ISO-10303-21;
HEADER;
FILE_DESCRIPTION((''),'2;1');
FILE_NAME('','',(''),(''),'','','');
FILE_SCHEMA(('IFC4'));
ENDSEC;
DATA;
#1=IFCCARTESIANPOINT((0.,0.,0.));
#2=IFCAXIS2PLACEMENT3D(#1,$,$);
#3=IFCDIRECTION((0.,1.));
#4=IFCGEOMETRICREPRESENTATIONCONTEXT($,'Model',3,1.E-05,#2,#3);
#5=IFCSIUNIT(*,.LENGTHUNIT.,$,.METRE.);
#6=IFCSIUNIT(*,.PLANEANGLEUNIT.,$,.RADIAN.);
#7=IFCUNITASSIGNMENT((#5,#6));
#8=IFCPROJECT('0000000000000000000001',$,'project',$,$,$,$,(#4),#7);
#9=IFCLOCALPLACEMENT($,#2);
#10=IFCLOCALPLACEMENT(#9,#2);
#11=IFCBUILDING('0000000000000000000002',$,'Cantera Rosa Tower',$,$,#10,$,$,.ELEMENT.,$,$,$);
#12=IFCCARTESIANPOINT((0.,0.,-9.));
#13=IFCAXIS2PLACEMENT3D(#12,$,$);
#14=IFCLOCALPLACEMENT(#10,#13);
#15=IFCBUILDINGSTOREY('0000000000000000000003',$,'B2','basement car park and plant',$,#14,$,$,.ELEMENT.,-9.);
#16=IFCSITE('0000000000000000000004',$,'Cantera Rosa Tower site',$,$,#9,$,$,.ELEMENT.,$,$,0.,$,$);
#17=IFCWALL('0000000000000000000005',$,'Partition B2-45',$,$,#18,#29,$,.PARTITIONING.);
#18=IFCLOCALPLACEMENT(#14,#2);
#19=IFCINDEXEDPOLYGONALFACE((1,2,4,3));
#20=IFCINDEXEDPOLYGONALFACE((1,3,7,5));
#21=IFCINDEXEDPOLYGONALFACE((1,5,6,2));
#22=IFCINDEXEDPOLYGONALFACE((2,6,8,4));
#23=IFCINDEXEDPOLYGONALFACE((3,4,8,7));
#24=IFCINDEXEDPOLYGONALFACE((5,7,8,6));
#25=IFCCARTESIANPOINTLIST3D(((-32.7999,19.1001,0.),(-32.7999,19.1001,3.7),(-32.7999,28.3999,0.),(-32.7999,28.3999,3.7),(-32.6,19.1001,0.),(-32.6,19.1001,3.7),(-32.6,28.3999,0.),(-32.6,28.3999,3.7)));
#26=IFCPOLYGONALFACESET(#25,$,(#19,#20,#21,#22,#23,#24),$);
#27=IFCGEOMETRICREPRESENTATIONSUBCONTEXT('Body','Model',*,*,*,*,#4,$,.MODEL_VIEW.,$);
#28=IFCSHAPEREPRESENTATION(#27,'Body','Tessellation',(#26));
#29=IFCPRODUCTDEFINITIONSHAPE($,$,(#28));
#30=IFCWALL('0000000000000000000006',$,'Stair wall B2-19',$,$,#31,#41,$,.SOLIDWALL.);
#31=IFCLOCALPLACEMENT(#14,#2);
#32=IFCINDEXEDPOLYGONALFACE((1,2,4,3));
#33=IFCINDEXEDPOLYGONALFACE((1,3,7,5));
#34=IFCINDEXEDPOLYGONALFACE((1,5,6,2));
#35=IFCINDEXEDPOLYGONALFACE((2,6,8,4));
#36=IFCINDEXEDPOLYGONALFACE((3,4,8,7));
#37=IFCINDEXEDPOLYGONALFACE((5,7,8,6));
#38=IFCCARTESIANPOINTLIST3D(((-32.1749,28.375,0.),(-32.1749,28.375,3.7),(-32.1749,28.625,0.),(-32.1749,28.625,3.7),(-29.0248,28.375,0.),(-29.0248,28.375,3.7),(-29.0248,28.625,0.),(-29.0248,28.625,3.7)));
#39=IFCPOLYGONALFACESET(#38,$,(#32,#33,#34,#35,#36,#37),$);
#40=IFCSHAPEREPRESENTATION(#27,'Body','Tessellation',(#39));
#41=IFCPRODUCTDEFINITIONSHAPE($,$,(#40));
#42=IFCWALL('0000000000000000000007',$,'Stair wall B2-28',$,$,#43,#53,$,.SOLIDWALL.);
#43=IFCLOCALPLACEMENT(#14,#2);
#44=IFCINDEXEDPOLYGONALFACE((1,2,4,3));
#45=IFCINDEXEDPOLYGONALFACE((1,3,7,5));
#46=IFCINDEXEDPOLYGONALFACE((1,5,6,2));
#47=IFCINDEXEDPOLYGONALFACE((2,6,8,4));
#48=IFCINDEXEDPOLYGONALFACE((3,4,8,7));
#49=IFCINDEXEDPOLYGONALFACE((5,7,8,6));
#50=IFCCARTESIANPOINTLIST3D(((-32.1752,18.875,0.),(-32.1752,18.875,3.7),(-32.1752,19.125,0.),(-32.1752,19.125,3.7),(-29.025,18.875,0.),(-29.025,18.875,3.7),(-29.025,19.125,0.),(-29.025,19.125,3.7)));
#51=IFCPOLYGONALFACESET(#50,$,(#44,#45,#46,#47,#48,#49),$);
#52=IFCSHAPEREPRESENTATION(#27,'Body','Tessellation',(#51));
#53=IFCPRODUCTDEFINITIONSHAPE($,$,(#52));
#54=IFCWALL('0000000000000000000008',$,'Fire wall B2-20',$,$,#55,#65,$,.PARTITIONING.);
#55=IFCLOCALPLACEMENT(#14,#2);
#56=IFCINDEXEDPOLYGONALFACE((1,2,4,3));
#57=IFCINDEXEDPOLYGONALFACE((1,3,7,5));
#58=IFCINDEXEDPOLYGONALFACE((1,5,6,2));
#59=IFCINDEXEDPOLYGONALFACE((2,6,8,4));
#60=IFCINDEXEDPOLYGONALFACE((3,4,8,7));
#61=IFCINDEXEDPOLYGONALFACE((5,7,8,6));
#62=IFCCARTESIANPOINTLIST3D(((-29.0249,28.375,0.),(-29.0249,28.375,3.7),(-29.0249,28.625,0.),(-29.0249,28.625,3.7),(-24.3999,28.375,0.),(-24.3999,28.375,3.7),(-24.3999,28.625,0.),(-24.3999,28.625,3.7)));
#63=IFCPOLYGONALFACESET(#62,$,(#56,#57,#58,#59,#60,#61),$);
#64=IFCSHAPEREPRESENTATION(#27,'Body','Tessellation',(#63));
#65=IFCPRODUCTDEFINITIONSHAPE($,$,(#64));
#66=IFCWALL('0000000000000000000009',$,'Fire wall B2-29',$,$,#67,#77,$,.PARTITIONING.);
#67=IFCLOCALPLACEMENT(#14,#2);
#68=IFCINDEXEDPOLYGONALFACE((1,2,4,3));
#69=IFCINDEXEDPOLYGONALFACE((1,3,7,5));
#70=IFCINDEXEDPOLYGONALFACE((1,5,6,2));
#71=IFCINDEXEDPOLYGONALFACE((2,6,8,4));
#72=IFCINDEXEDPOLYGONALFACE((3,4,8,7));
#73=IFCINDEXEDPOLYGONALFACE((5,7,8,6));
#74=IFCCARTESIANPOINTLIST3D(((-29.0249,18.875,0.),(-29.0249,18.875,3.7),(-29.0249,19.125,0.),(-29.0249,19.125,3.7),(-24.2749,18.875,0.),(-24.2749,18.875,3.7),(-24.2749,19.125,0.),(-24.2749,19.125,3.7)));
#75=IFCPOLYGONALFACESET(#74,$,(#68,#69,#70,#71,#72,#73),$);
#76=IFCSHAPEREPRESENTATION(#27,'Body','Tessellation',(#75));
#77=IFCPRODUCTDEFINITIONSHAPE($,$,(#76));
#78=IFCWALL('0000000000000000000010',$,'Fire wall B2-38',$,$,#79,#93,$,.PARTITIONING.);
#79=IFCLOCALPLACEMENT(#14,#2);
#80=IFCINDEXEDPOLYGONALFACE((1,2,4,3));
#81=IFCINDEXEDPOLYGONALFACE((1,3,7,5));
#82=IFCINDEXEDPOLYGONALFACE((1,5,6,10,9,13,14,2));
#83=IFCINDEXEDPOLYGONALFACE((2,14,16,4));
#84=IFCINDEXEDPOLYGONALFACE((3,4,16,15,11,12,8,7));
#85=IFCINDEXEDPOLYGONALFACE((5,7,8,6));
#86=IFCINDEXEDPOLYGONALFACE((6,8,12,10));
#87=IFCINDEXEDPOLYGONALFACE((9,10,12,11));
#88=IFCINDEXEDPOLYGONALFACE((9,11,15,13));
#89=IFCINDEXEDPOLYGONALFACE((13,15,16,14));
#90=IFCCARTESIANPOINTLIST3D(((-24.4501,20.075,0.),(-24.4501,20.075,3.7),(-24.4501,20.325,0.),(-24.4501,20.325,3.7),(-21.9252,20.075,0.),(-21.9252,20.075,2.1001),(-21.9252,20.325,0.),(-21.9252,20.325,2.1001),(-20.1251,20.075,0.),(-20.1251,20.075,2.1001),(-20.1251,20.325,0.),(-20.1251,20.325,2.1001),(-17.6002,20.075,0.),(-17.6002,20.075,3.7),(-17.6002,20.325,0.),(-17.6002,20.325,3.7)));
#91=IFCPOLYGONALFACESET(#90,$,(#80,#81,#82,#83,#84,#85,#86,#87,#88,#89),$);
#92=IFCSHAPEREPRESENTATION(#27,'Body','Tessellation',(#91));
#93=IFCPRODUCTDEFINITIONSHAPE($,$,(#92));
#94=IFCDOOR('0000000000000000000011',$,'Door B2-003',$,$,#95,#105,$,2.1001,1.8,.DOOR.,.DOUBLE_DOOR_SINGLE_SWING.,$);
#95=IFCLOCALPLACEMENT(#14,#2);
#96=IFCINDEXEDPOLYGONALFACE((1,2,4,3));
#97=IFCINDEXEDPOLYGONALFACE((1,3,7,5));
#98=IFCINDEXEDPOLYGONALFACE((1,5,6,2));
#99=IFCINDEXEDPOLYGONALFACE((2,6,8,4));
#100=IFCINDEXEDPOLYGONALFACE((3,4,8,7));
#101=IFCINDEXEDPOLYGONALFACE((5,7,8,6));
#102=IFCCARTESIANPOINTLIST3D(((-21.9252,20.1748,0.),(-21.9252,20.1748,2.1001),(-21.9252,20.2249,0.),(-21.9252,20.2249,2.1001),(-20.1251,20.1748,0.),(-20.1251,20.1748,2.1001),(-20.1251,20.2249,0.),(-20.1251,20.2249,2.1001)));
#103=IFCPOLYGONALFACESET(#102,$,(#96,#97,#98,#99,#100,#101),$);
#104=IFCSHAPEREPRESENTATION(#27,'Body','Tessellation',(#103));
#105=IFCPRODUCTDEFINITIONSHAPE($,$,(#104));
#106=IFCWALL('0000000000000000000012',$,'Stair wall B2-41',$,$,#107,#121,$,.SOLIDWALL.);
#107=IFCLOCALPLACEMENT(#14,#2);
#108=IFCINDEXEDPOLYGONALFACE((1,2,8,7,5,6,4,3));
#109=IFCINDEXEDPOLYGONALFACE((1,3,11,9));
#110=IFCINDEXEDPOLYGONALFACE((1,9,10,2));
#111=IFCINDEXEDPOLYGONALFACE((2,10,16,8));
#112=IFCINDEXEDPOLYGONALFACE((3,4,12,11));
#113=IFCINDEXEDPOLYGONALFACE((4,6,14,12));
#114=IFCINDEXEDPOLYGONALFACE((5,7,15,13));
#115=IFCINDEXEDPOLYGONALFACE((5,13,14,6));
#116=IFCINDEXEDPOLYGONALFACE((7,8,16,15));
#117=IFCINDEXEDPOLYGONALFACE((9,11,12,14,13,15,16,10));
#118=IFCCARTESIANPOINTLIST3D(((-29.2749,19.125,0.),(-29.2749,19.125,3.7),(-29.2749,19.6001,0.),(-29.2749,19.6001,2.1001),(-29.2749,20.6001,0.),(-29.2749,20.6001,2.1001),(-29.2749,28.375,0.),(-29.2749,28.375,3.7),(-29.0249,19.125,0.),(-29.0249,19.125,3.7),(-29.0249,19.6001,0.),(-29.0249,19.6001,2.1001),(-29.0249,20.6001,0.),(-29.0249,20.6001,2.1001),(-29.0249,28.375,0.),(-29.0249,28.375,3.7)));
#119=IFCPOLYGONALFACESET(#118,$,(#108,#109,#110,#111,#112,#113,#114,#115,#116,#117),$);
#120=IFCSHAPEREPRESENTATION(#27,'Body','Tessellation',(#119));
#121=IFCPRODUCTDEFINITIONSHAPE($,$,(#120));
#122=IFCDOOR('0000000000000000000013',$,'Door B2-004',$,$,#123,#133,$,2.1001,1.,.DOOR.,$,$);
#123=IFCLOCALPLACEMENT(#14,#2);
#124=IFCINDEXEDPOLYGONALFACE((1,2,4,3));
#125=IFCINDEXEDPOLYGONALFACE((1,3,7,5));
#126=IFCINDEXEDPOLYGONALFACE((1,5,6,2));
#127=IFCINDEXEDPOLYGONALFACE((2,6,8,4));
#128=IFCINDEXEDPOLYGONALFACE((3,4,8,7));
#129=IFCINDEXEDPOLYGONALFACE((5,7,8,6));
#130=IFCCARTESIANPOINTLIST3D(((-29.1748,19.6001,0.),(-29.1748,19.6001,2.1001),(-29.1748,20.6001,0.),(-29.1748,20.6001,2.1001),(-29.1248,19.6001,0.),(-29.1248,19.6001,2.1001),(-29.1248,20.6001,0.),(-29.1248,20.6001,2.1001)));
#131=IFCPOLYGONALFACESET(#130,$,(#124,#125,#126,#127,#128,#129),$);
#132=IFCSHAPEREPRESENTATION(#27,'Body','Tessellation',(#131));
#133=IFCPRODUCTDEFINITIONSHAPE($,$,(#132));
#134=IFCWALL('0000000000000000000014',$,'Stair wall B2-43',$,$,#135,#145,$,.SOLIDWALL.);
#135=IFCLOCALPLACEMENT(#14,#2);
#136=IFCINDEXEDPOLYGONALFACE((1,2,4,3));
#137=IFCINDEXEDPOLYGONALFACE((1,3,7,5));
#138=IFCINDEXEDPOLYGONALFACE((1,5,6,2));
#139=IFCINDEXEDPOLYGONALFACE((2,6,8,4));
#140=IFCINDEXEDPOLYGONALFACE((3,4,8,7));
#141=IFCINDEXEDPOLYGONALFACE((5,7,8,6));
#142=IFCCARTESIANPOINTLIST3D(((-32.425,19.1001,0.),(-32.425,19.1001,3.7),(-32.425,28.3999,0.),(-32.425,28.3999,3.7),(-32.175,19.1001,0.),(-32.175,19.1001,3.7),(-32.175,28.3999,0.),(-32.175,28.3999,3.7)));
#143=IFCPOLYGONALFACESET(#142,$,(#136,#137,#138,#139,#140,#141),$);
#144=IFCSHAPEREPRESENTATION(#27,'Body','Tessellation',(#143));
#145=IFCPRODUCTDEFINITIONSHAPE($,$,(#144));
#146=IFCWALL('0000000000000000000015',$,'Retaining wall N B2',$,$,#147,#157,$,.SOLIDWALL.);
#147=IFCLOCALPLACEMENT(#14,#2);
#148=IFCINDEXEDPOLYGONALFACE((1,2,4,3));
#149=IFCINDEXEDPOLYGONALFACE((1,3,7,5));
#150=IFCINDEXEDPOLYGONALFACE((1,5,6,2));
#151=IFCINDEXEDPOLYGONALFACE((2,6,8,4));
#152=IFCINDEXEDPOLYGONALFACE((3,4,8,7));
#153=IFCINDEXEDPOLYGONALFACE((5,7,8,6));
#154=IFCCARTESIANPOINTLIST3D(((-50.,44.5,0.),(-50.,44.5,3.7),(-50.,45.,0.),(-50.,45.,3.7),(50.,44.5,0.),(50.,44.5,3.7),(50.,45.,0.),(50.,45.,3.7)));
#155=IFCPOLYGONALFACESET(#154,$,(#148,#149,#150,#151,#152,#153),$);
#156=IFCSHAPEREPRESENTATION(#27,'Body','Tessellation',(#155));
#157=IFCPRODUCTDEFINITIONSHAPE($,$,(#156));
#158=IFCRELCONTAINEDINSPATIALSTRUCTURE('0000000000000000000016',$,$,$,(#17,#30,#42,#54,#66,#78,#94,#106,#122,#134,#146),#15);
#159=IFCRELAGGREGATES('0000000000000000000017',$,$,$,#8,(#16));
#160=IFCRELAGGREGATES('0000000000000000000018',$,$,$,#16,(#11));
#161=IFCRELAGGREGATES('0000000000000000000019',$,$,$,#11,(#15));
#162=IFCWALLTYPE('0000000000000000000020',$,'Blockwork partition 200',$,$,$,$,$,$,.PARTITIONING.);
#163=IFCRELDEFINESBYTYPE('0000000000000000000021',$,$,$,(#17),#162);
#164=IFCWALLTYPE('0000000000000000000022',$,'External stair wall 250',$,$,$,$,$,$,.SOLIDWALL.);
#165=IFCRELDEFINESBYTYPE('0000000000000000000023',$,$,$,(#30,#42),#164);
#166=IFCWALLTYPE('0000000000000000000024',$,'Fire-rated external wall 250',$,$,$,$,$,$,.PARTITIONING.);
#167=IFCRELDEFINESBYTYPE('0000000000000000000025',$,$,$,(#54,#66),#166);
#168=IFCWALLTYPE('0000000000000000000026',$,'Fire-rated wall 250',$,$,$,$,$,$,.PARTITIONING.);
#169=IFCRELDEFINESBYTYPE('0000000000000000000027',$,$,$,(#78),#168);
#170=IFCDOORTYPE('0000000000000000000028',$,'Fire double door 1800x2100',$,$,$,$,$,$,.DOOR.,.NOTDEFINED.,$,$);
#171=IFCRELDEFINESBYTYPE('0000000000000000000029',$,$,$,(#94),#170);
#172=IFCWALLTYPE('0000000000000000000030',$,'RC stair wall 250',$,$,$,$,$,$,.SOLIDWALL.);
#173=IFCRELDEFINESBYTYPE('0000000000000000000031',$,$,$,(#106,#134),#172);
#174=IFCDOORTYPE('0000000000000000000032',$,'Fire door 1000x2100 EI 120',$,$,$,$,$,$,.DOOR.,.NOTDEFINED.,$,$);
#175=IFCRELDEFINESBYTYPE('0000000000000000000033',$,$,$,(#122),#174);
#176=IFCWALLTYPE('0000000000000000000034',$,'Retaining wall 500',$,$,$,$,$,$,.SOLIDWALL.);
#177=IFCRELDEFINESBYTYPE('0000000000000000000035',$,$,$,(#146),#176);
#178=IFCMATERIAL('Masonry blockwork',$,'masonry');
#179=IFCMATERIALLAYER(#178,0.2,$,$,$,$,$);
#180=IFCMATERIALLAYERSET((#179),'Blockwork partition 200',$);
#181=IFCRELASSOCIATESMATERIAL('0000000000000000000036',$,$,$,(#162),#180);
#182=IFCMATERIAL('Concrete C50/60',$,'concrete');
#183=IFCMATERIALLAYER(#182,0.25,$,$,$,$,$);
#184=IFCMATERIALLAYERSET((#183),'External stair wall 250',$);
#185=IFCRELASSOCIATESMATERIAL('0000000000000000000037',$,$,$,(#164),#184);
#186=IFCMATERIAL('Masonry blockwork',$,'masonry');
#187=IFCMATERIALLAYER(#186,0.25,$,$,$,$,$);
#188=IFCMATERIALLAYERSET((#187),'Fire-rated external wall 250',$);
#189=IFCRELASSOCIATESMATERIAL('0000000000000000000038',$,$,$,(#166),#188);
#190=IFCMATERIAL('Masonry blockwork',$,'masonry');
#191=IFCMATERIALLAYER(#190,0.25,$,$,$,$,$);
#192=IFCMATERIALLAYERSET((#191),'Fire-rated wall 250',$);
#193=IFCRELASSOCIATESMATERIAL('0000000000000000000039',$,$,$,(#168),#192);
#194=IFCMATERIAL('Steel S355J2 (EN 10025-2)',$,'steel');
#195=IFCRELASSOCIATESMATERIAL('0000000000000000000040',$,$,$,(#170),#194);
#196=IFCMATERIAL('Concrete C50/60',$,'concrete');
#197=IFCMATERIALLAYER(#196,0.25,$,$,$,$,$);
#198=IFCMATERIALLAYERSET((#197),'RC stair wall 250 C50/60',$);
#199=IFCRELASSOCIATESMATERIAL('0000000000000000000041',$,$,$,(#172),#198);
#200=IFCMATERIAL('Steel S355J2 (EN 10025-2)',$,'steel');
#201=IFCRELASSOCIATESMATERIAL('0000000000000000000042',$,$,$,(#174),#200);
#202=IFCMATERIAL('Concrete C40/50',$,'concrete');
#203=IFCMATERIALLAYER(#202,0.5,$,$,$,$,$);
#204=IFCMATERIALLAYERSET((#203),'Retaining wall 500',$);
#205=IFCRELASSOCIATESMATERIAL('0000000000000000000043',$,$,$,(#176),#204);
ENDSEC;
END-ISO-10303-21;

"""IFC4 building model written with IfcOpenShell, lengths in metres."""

from ifc_helpers import new_model, si_unit, direction, frame, frame_2d, origin, place, context, subcontext, project, spatial, rectangle, extrude, material, layer, layer_set, type_object, element, fill, save


model = new_model("IFC4")

# Units and contexts
model_context = context("Model", 3, precision=1e-05, world=origin(), true_north=direction((0.0, 1.0)))
body_context = subcontext(model_context, "Body", "Model", "MODEL_VIEW")
ifc_project = project(units=[si_unit("LENGTHUNIT", "METRE"), si_unit("PLANEANGLEUNIT", "RADIAN")], contexts=[model_context])

# Site, building, storey
site_placement = place(None, origin())
site = spatial("IfcSite", under=ifc_project, at=site_placement, Name="Cantera Rosa Tower site", CompositionType="ELEMENT", RefElevation=0.0)
building_placement = place(site_placement, origin())
building = spatial("IfcBuilding", under=site, at=building_placement, Name="Cantera Rosa Tower", CompositionType="ELEMENT")
storey_placement = place(building_placement, frame((0.0, 0.0, -9.0)))
storey = spatial("IfcBuildingStorey", under=building, at=storey_placement, Name="B2", Description="basement car park and plant", CompositionType="ELEMENT", Elevation=-9.0)

# Walls
ifc_material_1 = material(Name="Masonry blockwork", Category="masonry")
ifc_layer_1 = layer(ifc_material_1, 0.2)
ifc_layer_set_1 = layer_set([ifc_layer_1], Name="Blockwork partition 200")
wall_type_1 = type_object("IfcWallType", Name="Blockwork partition 200", PredefinedType="PARTITIONING", material=ifc_layer_set_1)
wall_1_placement = place(storey_placement, frame((-32.7, 19.1001, 0.0), z_axis=(0.0, 0.0, 1.0), x_axis=(0.0, 1.0, 0.0)))
element("IfcWall", 1, at=wall_1_placement, inside=storey, type_object=wall_type_1, Name="Partition B2-45", PredefinedType="PARTITIONING", context=body_context, shape_type="SweptSolid", body=[
    extrude(rectangle(XDim=9.2998, YDim=0.2, at=frame_2d((4.6499, 0.0))), origin(), (0.0, 0.0, 1.0), 3.7),
])
ifc_material_2 = material(Name="Concrete C50/60", Category="concrete")
ifc_layer_2 = layer(ifc_material_2, 0.25)
ifc_layer_set_2 = layer_set([ifc_layer_2], Name="External stair wall 250")
wall_type_2 = type_object("IfcWallType", Name="External stair wall 250", PredefinedType="SOLIDWALL", material=ifc_layer_set_2)
for number, where, z_axis, x_axis, name in (
    (2, (-32.175, 28.5, 0.0), (0.0, 0.0, 1.0), (1.0, 0.0, 0.0), "Stair wall B2-19"),
    (3, (-29.0249, 19.0, 0.0), (0.0, 0.0, 1.0), (-1.0, 0.0, 0.0), "Stair wall B2-28"),
):
    element("IfcWall", number, at=place(storey_placement, frame(where, z_axis=z_axis, x_axis=x_axis)), inside=storey, type_object=wall_type_2, Name=name, PredefinedType="SOLIDWALL", context=body_context, shape_type="SweptSolid", body=[
        extrude(rectangle(XDim=3.1501, YDim=0.25, at=frame_2d((1.5752, 0.0))), origin(), (0.0, 0.0, 1.0), 3.7),
    ])
ifc_material_3 = material(Name="Masonry blockwork", Category="masonry")
ifc_layer_3 = layer(ifc_material_3, 0.25)
ifc_layer_set_3 = layer_set([ifc_layer_3], Name="Fire-rated external wall 250")
wall_type_3 = type_object("IfcWallType", Name="Fire-rated external wall 250", PredefinedType="PARTITIONING", material=ifc_layer_set_3)
wall_2_placement = place(storey_placement, frame((-29.0249, 28.5, 0.0), z_axis=(0.0, 0.0, 1.0), x_axis=(1.0, 0.0, 0.0)))
element("IfcWall", 4, at=wall_2_placement, inside=storey, type_object=wall_type_3, Name="Fire wall B2-20", PredefinedType="PARTITIONING", context=body_context, shape_type="SweptSolid", body=[
    extrude(rectangle(XDim=4.625, YDim=0.25, at=frame_2d((2.3125, 0.0))), origin(), (0.0, 0.0, 1.0), 3.7),
])
wall_3_placement = place(storey_placement, frame((-29.0249, 19.0, 0.0), z_axis=(0.0, 0.0, 1.0), x_axis=(1.0, 0.0, 0.0)))
element("IfcWall", 5, at=wall_3_placement, inside=storey, type_object=wall_type_3, Name="Fire wall B2-29", PredefinedType="PARTITIONING", context=body_context, shape_type="SweptSolid", body=[
    extrude(rectangle(XDim=4.75, YDim=0.25, at=frame_2d((2.375, 0.0))), origin(), (0.0, 0.0, 1.0), 3.7),
])

# Walls, openings, doors
ifc_material_4 = material(Name="Masonry blockwork", Category="masonry")
ifc_layer_4 = layer(ifc_material_4, 0.25)
ifc_layer_set_4 = layer_set([ifc_layer_4], Name="Fire-rated wall 250")
wall_type_4 = type_object("IfcWallType", Name="Fire-rated wall 250", PredefinedType="PARTITIONING", material=ifc_layer_set_4)
wall_4_placement = place(storey_placement, frame((-24.45, 20.2, 0.0), z_axis=(0.0, 0.0, 1.0), x_axis=(1.0, 0.0, 0.0)))
wall_4 = element("IfcWall", 6, at=wall_4_placement, inside=storey, type_object=wall_type_4, Name="Fire wall B2-38", PredefinedType="PARTITIONING", context=body_context, shape_type="SweptSolid", body=[
    extrude(rectangle(XDim=6.8499, YDim=0.25, at=frame_2d((3.4248, 0.0))), origin(), (0.0, 0.0, 1.0), 3.7),
])
opening_1_placement = place(wall_4_placement, frame((2.5249, 0.0, 0.0)))
opening_1 = element("IfcOpeningElement", 7, at=opening_1_placement, cuts=wall_4, PredefinedType="OPENING", context=body_context, shape_type="SweptSolid", body=[
    extrude(rectangle(XDim=1.8, YDim=2.1001, at=frame_2d((0.8999, 1.05))), frame((0.0, 0.135, 0.0), z_axis=(0.0, -1.0, 0.0), x_axis=(1.0, 0.0, 0.0)), (0.0, 0.0, 1.0), 0.27),
])
ifc_material_5 = material(Name="Steel S355J2 (EN 10025-2)", Category="steel")
door_type_1 = type_object("IfcDoorType", Name="Fire double door 1800x2100", OperationType="NOTDEFINED", PredefinedType="DOOR", material=ifc_material_5)
door_1_placement = place(opening_1_placement, origin())
door_1 = element("IfcDoor", 8, at=door_1_placement, inside=storey, type_object=door_type_1, Name="Door B2-003", OperationType="DOUBLE_DOOR_SINGLE_SWING", OverallHeight=2.1001, OverallWidth=1.8, PredefinedType="DOOR", context=body_context, shape_type="SweptSolid", body=[
    extrude(rectangle(XDim=1.8, YDim=2.1001, at=frame_2d((0.8999, 1.05))), frame((0.0, 0.0249, 0.0), z_axis=(0.0, -1.0, 0.0), x_axis=(1.0, 0.0, 0.0)), (0.0, 0.0, 1.0), 0.05),
])
fill(opening_1, door_1)
ifc_material_6 = material(Name="Concrete C50/60", Category="concrete")
ifc_layer_5 = layer(ifc_material_6, 0.25)
ifc_layer_set_5 = layer_set([ifc_layer_5], Name="RC stair wall 250 C50/60")
wall_type_5 = type_object("IfcWallType", Name="RC stair wall 250", PredefinedType="SOLIDWALL", material=ifc_layer_set_5)
wall_5_placement = place(storey_placement, frame((-29.1499, 19.125, 0.0), z_axis=(0.0, 0.0, 1.0), x_axis=(0.0, 1.0, 0.0)))
wall_5 = element("IfcWall", 9, at=wall_5_placement, inside=storey, type_object=wall_type_5, Name="Stair wall B2-41", PredefinedType="SOLIDWALL", context=body_context, shape_type="SweptSolid", body=[
    extrude(rectangle(XDim=9.25, YDim=0.25, at=frame_2d((4.625, 0.0))), origin(), (0.0, 0.0, 1.0), 3.7),
])
opening_2_placement = place(wall_5_placement, frame((0.4751, 0.0, 0.0)))
opening_2 = element("IfcOpeningElement", 10, at=opening_2_placement, cuts=wall_5, PredefinedType="OPENING", context=body_context, shape_type="SweptSolid", body=[
    extrude(rectangle(XDim=1.0, YDim=2.1001, at=frame_2d((0.5, 1.05))), frame((0.0, 0.135, 0.0), z_axis=(0.0, -1.0, 0.0), x_axis=(1.0, 0.0, 0.0)), (0.0, 0.0, 1.0), 0.27),
])
ifc_material_7 = material(Name="Steel S355J2 (EN 10025-2)", Category="steel")
door_type_2 = type_object("IfcDoorType", Name="Fire door 1000x2100 EI 120", OperationType="NOTDEFINED", PredefinedType="DOOR", material=ifc_material_7)
door_2_placement = place(opening_2_placement, origin())
door_2 = element("IfcDoor", 11, at=door_2_placement, inside=storey, type_object=door_type_2, Name="Door B2-004", OverallHeight=2.1001, OverallWidth=1.0, PredefinedType="DOOR", context=body_context, shape_type="SweptSolid", body=[
    extrude(rectangle(XDim=1.0, YDim=2.1001, at=frame_2d((0.5, 1.05))), frame((0.0, 0.0249, 0.0), z_axis=(0.0, -1.0, 0.0), x_axis=(1.0, 0.0, 0.0)), (0.0, 0.0, 1.0), 0.05),
])
fill(opening_2, door_2)

# Walls
wall_6_placement = place(storey_placement, frame((-32.3, 19.1001, 0.0), z_axis=(0.0, 0.0, 1.0), x_axis=(0.0, 1.0, 0.0)))
element("IfcWall", 12, at=wall_6_placement, inside=storey, type_object=wall_type_5, Name="Stair wall B2-43", PredefinedType="SOLIDWALL", context=body_context, shape_type="SweptSolid", body=[
    extrude(rectangle(XDim=9.2998, YDim=0.25, at=frame_2d((4.6499, 0.0))), origin(), (0.0, 0.0, 1.0), 3.7),
])
ifc_material_8 = material(Name="Concrete C40/50", Category="concrete")
ifc_layer_6 = layer(ifc_material_8, 0.5)
ifc_layer_set_6 = layer_set([ifc_layer_6], Name="Retaining wall 500")
wall_type_6 = type_object("IfcWallType", Name="Retaining wall 500", PredefinedType="SOLIDWALL", material=ifc_layer_set_6)
wall_7_placement = place(storey_placement, frame((-50.0, 44.75, 0.0), z_axis=(0.0, 0.0, 1.0), x_axis=(1.0, 0.0, 0.0)))
element("IfcWall", 13, at=wall_7_placement, inside=storey, type_object=wall_type_6, Name="Retaining wall N B2", PredefinedType="SOLIDWALL", context=body_context, shape_type="SweptSolid", body=[
    extrude(rectangle(XDim=100.0, YDim=0.5, at=frame_2d((50.0, 0.0))), origin(), (0.0, 0.0, 1.0), 3.7),
])

save(model, "model.ifc")
